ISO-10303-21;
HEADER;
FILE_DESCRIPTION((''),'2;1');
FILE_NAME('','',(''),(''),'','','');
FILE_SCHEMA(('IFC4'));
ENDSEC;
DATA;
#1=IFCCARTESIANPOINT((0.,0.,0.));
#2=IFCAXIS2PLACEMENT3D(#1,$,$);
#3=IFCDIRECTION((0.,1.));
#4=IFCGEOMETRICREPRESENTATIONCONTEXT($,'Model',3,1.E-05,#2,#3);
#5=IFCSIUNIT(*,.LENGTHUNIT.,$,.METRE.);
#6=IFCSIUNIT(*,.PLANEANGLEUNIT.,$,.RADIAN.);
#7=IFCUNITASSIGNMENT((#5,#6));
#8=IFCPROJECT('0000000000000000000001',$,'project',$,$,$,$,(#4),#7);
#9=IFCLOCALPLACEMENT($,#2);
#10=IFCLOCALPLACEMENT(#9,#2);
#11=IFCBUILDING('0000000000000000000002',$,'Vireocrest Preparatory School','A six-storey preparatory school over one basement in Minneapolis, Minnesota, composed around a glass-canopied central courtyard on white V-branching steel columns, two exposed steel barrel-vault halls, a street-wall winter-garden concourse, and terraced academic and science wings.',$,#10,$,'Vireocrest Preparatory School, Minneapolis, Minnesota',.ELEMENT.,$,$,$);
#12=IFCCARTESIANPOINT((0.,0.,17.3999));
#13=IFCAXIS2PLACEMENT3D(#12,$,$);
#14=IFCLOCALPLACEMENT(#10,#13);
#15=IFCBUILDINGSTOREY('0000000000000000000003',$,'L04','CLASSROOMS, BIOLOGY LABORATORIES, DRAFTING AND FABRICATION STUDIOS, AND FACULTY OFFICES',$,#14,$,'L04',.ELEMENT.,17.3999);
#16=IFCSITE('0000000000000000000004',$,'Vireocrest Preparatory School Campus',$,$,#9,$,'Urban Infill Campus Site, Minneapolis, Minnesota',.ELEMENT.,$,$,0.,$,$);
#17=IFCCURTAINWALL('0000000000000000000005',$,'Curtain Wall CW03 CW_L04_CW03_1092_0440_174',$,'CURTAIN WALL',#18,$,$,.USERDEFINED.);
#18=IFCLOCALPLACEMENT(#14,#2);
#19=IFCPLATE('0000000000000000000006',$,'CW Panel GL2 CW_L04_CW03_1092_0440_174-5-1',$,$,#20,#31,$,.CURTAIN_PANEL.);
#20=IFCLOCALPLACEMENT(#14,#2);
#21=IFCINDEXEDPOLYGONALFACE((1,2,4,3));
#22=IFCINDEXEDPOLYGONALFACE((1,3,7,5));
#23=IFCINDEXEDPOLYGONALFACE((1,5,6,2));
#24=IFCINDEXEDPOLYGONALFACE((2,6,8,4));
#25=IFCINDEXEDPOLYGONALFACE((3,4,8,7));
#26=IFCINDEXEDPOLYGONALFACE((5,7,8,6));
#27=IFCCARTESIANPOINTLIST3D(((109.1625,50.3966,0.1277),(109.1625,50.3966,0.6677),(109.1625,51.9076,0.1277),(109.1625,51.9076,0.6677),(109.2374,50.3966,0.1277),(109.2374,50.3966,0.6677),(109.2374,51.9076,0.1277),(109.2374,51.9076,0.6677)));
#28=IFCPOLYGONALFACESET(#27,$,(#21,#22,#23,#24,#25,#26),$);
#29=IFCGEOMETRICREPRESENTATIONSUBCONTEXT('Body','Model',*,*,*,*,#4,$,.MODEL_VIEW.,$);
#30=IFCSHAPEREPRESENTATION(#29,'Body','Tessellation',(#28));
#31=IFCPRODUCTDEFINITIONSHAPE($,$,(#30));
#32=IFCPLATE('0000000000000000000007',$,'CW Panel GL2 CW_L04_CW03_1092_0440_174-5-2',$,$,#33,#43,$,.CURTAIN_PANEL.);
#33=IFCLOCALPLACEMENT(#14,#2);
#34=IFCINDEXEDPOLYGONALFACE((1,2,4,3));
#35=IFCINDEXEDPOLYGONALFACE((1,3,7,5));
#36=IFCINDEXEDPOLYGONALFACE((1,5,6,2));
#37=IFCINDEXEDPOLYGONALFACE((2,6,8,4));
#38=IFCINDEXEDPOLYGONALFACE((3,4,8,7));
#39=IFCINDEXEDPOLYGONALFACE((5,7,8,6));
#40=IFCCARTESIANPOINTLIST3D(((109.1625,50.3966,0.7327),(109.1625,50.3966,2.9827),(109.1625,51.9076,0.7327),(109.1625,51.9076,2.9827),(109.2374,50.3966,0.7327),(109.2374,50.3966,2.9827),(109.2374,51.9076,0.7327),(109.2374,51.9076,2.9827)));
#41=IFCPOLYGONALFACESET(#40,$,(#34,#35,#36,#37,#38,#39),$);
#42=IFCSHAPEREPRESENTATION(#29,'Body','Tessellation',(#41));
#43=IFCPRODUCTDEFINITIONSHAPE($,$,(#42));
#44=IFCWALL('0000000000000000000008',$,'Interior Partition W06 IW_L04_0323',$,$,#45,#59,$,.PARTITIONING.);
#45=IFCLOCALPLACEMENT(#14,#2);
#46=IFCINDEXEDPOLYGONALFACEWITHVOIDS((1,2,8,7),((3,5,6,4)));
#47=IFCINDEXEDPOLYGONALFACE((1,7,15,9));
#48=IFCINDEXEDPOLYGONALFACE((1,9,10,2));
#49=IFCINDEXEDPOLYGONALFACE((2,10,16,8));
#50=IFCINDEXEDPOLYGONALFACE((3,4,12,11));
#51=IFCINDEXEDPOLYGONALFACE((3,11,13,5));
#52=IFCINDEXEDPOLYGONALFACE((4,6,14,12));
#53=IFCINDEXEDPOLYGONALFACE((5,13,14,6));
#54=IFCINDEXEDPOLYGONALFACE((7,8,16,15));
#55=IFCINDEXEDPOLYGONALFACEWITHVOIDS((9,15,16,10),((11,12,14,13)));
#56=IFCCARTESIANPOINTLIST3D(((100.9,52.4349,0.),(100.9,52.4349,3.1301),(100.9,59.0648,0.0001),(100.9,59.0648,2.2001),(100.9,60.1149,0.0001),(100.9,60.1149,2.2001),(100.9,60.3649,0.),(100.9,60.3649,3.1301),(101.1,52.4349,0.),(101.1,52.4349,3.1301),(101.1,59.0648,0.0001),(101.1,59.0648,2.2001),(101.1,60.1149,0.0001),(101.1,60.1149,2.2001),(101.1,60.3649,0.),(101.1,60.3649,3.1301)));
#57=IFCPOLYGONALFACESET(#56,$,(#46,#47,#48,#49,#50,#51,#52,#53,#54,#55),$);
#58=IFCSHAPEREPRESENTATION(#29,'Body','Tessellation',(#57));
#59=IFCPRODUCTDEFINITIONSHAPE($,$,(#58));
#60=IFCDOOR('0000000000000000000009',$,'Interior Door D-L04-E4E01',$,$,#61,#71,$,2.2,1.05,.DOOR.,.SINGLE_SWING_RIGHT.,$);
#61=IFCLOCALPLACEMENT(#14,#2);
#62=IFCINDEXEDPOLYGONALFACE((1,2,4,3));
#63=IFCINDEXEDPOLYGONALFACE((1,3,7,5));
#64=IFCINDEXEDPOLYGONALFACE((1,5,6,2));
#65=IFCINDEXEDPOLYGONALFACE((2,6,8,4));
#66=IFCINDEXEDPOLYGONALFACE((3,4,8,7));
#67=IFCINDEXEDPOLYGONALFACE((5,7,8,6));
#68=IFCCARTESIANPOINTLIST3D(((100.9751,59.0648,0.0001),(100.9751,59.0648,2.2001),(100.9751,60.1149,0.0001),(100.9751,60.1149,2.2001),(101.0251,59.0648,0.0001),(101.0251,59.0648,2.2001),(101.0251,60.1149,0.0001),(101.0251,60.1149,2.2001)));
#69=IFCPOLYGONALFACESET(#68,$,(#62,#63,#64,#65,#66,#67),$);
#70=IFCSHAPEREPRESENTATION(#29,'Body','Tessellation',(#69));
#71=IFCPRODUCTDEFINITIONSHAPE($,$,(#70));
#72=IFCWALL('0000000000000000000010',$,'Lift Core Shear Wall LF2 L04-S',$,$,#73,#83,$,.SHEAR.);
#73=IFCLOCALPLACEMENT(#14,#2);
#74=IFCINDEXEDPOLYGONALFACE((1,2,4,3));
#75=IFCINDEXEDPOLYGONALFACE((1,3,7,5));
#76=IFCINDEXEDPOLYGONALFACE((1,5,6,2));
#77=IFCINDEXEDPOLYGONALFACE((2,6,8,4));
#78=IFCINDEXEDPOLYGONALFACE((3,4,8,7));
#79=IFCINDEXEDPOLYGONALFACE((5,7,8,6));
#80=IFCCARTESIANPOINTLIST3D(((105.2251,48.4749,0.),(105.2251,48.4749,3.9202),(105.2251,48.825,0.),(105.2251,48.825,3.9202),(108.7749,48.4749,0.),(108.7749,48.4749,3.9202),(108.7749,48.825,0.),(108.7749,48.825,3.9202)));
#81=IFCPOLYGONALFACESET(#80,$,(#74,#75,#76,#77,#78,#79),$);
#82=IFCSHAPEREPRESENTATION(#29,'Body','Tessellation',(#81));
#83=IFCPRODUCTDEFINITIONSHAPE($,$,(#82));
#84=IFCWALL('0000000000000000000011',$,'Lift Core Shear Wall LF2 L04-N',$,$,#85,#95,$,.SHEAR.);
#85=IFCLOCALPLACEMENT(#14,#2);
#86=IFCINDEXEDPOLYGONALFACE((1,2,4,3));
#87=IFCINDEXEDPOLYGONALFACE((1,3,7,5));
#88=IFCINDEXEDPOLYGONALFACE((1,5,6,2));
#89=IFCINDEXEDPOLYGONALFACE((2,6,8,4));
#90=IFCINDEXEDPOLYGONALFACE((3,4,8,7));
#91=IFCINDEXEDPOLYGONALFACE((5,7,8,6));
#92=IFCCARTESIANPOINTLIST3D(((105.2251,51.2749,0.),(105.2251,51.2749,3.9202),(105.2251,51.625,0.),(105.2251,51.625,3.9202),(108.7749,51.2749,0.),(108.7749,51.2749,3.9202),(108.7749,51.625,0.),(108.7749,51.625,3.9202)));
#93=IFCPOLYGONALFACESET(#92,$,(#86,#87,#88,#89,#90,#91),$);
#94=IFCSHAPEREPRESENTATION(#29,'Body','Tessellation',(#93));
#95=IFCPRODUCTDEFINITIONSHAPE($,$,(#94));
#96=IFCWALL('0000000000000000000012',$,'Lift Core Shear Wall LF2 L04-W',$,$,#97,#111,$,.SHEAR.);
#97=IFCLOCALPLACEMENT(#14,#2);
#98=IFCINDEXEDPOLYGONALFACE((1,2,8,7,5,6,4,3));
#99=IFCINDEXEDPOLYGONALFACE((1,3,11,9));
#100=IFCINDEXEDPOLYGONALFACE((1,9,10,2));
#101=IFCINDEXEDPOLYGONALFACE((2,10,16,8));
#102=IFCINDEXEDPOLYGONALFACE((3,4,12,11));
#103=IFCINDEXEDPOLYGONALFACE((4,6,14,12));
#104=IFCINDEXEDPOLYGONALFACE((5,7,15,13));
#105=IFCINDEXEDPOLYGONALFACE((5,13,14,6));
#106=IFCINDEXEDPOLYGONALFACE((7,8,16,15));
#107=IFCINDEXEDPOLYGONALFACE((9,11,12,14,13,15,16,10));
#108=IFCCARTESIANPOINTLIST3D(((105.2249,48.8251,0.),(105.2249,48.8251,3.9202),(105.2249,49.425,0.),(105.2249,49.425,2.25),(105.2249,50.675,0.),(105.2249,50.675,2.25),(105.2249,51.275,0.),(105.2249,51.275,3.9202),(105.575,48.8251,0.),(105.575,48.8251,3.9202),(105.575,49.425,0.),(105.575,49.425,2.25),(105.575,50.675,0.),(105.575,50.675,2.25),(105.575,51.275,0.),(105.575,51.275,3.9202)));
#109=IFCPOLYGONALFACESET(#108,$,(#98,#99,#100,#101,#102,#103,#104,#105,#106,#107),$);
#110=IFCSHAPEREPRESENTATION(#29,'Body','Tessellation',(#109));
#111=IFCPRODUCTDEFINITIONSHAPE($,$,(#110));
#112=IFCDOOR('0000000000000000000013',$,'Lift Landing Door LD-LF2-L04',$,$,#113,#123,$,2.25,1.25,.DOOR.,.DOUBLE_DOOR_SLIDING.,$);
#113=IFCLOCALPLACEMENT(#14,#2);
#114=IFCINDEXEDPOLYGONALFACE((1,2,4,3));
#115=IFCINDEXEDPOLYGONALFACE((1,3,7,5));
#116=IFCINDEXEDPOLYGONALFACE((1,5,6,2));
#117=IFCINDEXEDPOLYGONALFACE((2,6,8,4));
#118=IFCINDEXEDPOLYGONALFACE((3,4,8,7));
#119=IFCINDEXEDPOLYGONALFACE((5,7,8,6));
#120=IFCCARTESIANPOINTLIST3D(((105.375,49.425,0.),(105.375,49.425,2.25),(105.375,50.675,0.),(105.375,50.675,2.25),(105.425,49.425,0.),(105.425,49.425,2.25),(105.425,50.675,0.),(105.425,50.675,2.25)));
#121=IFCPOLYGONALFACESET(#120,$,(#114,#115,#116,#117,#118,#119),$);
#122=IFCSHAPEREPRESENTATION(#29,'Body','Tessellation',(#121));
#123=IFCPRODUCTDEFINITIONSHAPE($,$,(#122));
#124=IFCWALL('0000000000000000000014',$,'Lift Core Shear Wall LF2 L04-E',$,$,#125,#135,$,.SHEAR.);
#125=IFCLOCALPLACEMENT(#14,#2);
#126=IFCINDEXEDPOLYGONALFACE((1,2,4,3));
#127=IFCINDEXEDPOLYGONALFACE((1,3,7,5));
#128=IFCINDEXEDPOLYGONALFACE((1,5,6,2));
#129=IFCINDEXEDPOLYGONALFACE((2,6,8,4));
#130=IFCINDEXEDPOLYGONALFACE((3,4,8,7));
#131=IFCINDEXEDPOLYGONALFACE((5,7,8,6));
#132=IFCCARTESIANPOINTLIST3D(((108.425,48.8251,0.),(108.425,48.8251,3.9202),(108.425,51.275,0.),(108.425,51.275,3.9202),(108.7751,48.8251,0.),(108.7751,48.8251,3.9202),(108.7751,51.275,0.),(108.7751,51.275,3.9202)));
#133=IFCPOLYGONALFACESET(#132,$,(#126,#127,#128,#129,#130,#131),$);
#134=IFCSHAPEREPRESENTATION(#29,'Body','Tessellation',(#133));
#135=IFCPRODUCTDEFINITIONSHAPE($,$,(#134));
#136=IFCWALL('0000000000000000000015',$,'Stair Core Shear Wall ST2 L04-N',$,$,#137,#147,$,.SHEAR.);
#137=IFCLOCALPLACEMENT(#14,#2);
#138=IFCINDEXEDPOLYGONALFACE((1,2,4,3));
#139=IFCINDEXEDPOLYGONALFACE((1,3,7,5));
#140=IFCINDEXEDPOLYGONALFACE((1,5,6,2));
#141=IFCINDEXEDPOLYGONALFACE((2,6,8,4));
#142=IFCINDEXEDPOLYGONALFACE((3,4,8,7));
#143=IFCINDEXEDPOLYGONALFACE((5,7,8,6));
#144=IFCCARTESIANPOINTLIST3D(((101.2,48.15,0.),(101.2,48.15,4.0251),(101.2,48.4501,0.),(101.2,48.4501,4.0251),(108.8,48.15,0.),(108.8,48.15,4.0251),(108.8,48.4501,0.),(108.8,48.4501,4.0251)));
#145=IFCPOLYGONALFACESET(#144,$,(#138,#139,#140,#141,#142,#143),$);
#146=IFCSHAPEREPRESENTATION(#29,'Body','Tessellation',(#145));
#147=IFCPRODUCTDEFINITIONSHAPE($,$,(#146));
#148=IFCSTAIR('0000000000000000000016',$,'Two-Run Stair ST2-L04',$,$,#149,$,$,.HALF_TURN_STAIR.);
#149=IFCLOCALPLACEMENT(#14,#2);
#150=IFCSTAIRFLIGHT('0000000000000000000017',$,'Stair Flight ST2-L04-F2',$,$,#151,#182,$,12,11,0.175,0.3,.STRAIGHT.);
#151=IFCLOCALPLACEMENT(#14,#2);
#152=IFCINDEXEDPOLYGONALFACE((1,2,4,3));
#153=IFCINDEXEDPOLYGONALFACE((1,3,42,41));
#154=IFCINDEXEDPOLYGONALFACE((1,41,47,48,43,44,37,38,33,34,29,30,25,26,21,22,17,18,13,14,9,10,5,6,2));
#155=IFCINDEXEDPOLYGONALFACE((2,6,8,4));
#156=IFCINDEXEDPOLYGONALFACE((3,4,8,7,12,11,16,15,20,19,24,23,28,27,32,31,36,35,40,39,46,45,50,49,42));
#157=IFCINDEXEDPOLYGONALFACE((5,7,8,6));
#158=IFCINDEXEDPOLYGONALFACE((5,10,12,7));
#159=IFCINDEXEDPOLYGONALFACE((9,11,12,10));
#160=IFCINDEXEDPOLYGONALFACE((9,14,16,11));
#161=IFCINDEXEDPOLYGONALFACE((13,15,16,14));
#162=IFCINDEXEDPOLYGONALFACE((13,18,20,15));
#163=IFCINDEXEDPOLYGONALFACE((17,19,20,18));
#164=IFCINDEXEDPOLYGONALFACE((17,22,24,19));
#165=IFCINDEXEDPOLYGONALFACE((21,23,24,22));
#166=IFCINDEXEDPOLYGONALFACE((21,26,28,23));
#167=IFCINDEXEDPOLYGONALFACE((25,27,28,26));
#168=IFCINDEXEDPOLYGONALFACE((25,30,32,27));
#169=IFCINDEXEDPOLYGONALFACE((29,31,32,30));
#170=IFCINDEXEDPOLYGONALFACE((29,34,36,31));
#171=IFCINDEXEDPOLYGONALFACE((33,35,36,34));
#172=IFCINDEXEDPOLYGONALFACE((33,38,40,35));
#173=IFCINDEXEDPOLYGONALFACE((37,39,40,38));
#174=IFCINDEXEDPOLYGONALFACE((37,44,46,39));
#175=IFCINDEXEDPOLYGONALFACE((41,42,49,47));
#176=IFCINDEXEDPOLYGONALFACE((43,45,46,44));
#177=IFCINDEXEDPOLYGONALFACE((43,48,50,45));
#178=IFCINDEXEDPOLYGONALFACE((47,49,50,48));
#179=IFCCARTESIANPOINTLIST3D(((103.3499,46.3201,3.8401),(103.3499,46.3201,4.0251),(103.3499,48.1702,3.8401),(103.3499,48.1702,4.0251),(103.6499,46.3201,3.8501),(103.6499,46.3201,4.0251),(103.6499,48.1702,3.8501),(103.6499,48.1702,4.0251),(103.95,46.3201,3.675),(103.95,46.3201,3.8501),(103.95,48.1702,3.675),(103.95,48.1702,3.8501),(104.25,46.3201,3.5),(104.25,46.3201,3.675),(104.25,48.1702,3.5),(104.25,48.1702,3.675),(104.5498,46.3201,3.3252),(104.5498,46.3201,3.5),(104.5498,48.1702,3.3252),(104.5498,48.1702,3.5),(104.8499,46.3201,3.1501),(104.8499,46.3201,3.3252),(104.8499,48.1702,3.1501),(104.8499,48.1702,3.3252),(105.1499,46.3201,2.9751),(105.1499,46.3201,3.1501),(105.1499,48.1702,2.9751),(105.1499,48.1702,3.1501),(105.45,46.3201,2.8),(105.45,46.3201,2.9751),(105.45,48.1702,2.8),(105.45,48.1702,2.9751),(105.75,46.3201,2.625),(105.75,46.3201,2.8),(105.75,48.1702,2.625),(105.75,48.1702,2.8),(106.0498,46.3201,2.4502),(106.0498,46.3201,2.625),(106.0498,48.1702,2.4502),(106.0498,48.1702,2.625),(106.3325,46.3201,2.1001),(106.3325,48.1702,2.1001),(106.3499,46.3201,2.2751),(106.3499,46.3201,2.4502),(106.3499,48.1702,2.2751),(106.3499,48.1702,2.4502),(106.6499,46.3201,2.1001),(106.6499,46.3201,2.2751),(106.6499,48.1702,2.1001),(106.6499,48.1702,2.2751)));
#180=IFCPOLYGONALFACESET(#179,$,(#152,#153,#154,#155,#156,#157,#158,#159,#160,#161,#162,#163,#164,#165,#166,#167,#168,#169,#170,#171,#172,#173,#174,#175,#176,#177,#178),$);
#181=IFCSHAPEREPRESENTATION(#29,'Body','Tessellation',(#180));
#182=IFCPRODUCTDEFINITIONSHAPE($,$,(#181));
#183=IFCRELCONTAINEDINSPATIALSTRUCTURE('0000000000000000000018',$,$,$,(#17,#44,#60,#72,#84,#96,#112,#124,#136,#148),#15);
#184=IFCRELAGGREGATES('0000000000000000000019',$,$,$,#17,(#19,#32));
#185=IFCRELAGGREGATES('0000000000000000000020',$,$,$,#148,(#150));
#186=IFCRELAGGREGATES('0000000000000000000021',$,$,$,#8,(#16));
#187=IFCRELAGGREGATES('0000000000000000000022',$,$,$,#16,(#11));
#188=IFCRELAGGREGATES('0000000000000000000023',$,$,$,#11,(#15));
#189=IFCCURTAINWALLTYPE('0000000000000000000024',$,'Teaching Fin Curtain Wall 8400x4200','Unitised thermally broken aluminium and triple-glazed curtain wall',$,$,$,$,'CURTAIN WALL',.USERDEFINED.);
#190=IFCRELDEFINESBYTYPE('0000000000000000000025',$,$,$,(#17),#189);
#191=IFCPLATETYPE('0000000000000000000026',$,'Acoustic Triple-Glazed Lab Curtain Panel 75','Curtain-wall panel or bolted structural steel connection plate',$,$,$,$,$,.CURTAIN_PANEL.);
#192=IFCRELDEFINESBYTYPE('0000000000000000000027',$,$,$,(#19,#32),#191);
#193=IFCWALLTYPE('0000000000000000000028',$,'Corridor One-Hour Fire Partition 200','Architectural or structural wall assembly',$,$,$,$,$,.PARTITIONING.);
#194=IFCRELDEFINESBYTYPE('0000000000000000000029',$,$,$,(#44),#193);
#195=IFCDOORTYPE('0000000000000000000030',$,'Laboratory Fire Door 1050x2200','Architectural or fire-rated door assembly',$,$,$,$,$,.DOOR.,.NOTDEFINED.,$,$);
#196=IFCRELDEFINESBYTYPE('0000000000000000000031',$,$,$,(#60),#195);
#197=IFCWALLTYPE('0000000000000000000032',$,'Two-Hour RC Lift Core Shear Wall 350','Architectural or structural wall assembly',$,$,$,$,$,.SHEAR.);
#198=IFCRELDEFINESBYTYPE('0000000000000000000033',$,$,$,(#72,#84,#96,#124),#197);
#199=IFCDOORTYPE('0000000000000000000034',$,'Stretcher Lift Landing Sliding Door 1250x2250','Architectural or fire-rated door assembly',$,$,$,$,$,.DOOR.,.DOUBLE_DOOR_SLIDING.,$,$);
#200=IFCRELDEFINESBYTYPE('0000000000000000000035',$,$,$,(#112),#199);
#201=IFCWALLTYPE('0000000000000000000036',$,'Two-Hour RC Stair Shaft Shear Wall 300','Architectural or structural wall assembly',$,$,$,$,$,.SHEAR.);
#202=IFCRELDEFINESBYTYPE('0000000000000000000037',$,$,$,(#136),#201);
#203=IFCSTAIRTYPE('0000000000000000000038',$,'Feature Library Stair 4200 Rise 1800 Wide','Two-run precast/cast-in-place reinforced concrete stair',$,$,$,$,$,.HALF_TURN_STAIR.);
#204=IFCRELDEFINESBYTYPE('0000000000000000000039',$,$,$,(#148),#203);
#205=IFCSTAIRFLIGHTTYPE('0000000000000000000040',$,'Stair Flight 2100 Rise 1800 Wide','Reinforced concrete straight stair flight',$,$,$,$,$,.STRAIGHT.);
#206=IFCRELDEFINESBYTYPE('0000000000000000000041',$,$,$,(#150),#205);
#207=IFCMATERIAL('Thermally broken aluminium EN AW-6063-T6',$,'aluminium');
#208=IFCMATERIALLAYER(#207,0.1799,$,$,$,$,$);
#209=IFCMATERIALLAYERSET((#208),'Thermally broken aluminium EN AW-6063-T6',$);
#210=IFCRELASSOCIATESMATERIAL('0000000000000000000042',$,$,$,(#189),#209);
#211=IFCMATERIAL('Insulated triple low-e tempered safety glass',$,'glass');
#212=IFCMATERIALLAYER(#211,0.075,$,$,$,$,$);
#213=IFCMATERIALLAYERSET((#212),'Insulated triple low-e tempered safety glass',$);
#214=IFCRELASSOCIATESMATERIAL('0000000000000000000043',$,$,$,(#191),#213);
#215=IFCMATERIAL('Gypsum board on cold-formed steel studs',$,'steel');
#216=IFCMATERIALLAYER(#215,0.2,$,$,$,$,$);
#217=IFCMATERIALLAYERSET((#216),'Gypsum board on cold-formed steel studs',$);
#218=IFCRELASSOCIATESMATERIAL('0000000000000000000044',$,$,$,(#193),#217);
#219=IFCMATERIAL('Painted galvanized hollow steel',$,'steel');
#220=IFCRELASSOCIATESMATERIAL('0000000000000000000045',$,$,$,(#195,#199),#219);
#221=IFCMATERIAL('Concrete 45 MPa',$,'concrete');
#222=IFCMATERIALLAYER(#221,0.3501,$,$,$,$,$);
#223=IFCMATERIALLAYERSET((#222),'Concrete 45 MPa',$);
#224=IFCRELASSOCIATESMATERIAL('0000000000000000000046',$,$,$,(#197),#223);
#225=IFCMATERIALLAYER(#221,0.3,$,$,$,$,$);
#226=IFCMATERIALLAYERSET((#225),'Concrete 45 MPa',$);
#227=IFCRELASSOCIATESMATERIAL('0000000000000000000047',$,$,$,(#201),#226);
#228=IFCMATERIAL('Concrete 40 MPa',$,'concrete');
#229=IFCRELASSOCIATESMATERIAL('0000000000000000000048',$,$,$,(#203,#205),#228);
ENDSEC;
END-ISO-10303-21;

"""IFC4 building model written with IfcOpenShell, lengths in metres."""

from ifc_helpers import new_model, si_unit, direction, frame, frame_2d, origin, origin_2d, place, context, subcontext, project, spatial, polyline, rectangle, outline, extrude, material, layer, layer_set, type_object, element, fill, aggregate, save


model = new_model("IFC4")

# Units and contexts
model_context = context("Model", 3, precision=1e-05, world=origin(), true_north=direction((0.0, 1.0)))
body_context = subcontext(model_context, "Body", "Model", "MODEL_VIEW")
ifc_project = project(units=[si_unit("LENGTHUNIT", "METRE"), si_unit("PLANEANGLEUNIT", "RADIAN")], contexts=[model_context])

# Site, building, storey
site_placement = place(None, origin())
site = spatial("IfcSite", under=ifc_project, at=site_placement, Name="Vireocrest Preparatory School Campus", LongName="Urban Infill Campus Site, Minneapolis, Minnesota", CompositionType="ELEMENT", RefElevation=0.0)
building_placement = place(site_placement, origin())
building = spatial("IfcBuilding", under=site, at=building_placement, Name="Vireocrest Preparatory School", Description="A six-storey preparatory school over one basement in Minneapolis, Minnesota, composed around a glass-canopied central courtyard on white V-branching steel columns, two exposed steel barrel-vault halls, a street-wall winter-garden concourse, and terraced academic and science wings.", LongName="Vireocrest Preparatory School, Minneapolis, Minnesota", CompositionType="ELEMENT")
storey_placement = place(building_placement, frame((0.0, 0.0, 17.3999)))
storey = spatial("IfcBuildingStorey", under=building, at=storey_placement, Name="L04", Description="CLASSROOMS, BIOLOGY LABORATORIES, DRAFTING AND FABRICATION STUDIOS, AND FACULTY OFFICES", LongName="L04", CompositionType="ELEMENT", Elevation=17.3999)

# Shared definitions
ifc_material_1 = material(Name="Concrete 45 MPa", Category="concrete")

# Curtain wall
ifc_material_2 = material(Name="Thermally broken aluminium EN AW-6063-T6", Category="aluminium")
ifc_layer_1 = layer(ifc_material_2, 0.1799)
ifc_layer_set_1 = layer_set([ifc_layer_1], Name="Thermally broken aluminium EN AW-6063-T6")
curtain_wall_type = type_object("IfcCurtainWallType", Name="Teaching Fin Curtain Wall 8400x4200", Description="Unitised thermally broken aluminium and triple-glazed curtain wall", ElementType="CURTAIN WALL", PredefinedType="USERDEFINED", material=ifc_layer_set_1)
curtain_wall_placement = place(storey_placement, origin())
curtain_wall = element("IfcCurtainWall", 1, at=curtain_wall_placement, inside=storey, type_object=curtain_wall_type, Name="Curtain Wall CW03 CW_L04_CW03_1092_0440_174", ObjectType="CURTAIN WALL", PredefinedType="USERDEFINED")

# Shared definitions
ifc_material_3 = material(Name="Concrete 40 MPa", Category="concrete")

# Plates
ifc_material_4 = material(Name="Insulated triple low-e tempered safety glass", Category="glass")
ifc_layer_2 = layer(ifc_material_4, 0.075)
ifc_layer_set_2 = layer_set([ifc_layer_2], Name="Insulated triple low-e tempered safety glass")
plate_type = type_object("IfcPlateType", Name="Acoustic Triple-Glazed Lab Curtain Panel 75", Description="Curtain-wall panel or bolted structural steel connection plate", PredefinedType="CURTAIN_PANEL", material=ifc_layer_set_2)
plate_1_placement = place(storey_placement, frame((109.2, 51.1521, 0.1277), z_axis=(0.0, 0.0, 1.0), x_axis=(0.0, 1.0, 0.0)))
plate_1 = element("IfcPlate", 2, at=plate_1_placement, type_object=plate_type, Name="CW Panel GL2 CW_L04_CW03_1092_0440_174-5-1", PredefinedType="CURTAIN_PANEL", context=body_context, shape_type="SweptSolid", body=[
    extrude(rectangle(XDim=1.511, YDim=0.075, at=origin_2d()), origin(), (0.0, 0.0, 1.0), 0.54),
])
plate_2_placement = place(storey_placement, frame((109.2, 51.1521, 0.7327), z_axis=(0.0, 0.0, 1.0), x_axis=(0.0, 1.0, 0.0)))
plate_2 = element("IfcPlate", 3, at=plate_2_placement, type_object=plate_type, Name="CW Panel GL2 CW_L04_CW03_1092_0440_174-5-2", PredefinedType="CURTAIN_PANEL", context=body_context, shape_type="SweptSolid", body=[
    extrude(rectangle(XDim=1.511, YDim=0.075, at=origin_2d()), origin(), (0.0, 0.0, 1.0), 2.25),
])
aggregate(curtain_wall, [plate_1, plate_2])

# Wall, opening, door
ifc_material_5 = material(Name="Gypsum board on cold-formed steel studs", Category="steel")
ifc_layer_3 = layer(ifc_material_5, 0.2)
ifc_layer_set_3 = layer_set([ifc_layer_3], Name="Gypsum board on cold-formed steel studs")
wall_type_1 = type_object("IfcWallType", Name="Corridor One-Hour Fire Partition 200", Description="Architectural or structural wall assembly", PredefinedType="PARTITIONING", material=ifc_layer_set_3)
wall_1_placement = place(storey_placement, frame((101.0, 52.4351, 0.0), z_axis=(0.0, 0.0, 1.0), x_axis=(0.0, 1.0, 0.0)))
wall_1 = element("IfcWall", 4, at=wall_1_placement, inside=storey, type_object=wall_type_1, Name="Interior Partition W06 IW_L04_0323", PredefinedType="PARTITIONING", context=body_context, shape_type="SweptSolid", body=[
    extrude(rectangle(XDim=7.9299, YDim=0.2, at=frame_2d((3.9648, 0.0))), origin(), (0.0, 0.0, 1.0), 3.1301),
])
opening_1_placement = place(wall_1_placement, frame((6.6299, 0.0, 0.0)))
opening_1 = element("IfcOpeningElement", 5, at=opening_1_placement, cuts=wall_1, PredefinedType="OPENING", context=body_context, shape_type="SweptSolid", body=[
    extrude(rectangle(XDim=1.05, YDim=2.2, at=frame_2d((0.5249, 1.1001))), frame((0.0, 0.1099, 0.0), z_axis=(0.0, -1.0, 0.0), x_axis=(1.0, 0.0, 0.0)), (0.0, 0.0, 1.0), 0.22),
])
ifc_material_6 = material(Name="Painted galvanized hollow steel", Category="steel")
door_type_1 = type_object("IfcDoorType", Name="Laboratory Fire Door 1050x2200", Description="Architectural or fire-rated door assembly", OperationType="NOTDEFINED", PredefinedType="DOOR", material=ifc_material_6)
door_1_placement = place(opening_1_placement, origin())
door_1 = element("IfcDoor", 6, at=door_1_placement, inside=storey, type_object=door_type_1, Name="Interior Door D-L04-E4E01", OperationType="SINGLE_SWING_RIGHT", OverallHeight=2.2, OverallWidth=1.05, PredefinedType="DOOR", context=body_context, shape_type="SweptSolid", body=[
    extrude(rectangle(XDim=1.05, YDim=2.2, at=frame_2d((0.5249, 1.1001))), frame((0.0, 0.0249, 0.0), z_axis=(0.0, -1.0, 0.0), x_axis=(1.0, 0.0, 0.0)), (0.0, 0.0, 1.0), 0.05),
])
fill(opening_1, door_1)

# Walls
ifc_layer_4 = layer(ifc_material_1, 0.3501)
ifc_layer_set_4 = layer_set([ifc_layer_4], Name="Concrete 45 MPa")
wall_type_2 = type_object("IfcWallType", Name="Two-Hour RC Lift Core Shear Wall 350", Description="Architectural or structural wall assembly", PredefinedType="SHEAR", material=ifc_layer_set_4)
for number, where, z_axis, x_axis, name in (
    (7, (105.2251, 48.6499, 0.0), (0.0, 0.0, 1.0), (1.0, 0.0, 0.0), "Lift Core Shear Wall LF2 L04-S"),
    (8, (105.2251, 51.45, 0.0), (0.0, 0.0, 1.0), (1.0, 0.0, 0.0), "Lift Core Shear Wall LF2 L04-N"),
):
    element("IfcWall", number, at=place(storey_placement, frame(where, z_axis=z_axis, x_axis=x_axis)), inside=storey, type_object=wall_type_2, Name=name, PredefinedType="SHEAR", context=body_context, shape_type="SweptSolid", body=[
        extrude(rectangle(XDim=3.5498, YDim=0.3501, at=frame_2d((1.7749, 0.0))), origin(), (0.0, 0.0, 1.0), 3.9202),
    ])

# Wall, opening, door
wall_2_placement = place(storey_placement, frame((105.3999, 48.825, 0.0), z_axis=(0.0, 0.0, 1.0), x_axis=(0.0, 1.0, 0.0)))
wall_2 = element("IfcWall", 9, at=wall_2_placement, inside=storey, type_object=wall_type_2, Name="Lift Core Shear Wall LF2 L04-W", PredefinedType="SHEAR", context=body_context, shape_type="SweptSolid", body=[
    extrude(rectangle(XDim=2.45, YDim=0.3501, at=frame_2d((1.2251, 0.0))), origin(), (0.0, 0.0, 1.0), 3.9202),
])
opening_2_placement = place(wall_2_placement, frame((0.6001, 0.0, 0.0)))
opening_2 = element("IfcOpeningElement", 10, at=opening_2_placement, cuts=wall_2, PredefinedType="OPENING", context=body_context, shape_type="SweptSolid", body=[
    extrude(rectangle(XDim=1.25, YDim=2.25, at=frame_2d((0.625, 1.125))), frame((0.0, 0.1851, 0.0), z_axis=(0.0, -1.0, 0.0), x_axis=(1.0, 0.0, 0.0)), (0.0, 0.0, 1.0), 0.3701),
])
door_type_2 = type_object("IfcDoorType", Name="Stretcher Lift Landing Sliding Door 1250x2250", Description="Architectural or fire-rated door assembly", OperationType="DOUBLE_DOOR_SLIDING", PredefinedType="DOOR", material=ifc_material_6)
door_2_placement = place(opening_2_placement, origin())
door_2 = element("IfcDoor", 11, at=door_2_placement, inside=storey, type_object=door_type_2, Name="Lift Landing Door LD-LF2-L04", OperationType="DOUBLE_DOOR_SLIDING", OverallHeight=2.25, OverallWidth=1.25, PredefinedType="DOOR", context=body_context, shape_type="SweptSolid", body=[
    extrude(rectangle(XDim=1.25, YDim=2.25, at=frame_2d((0.625, 1.125))), frame((0.0, 0.0249, 0.0), z_axis=(0.0, -1.0, 0.0), x_axis=(1.0, 0.0, 0.0)), (0.0, 0.0, 1.0), 0.05),
])
fill(opening_2, door_2)

# Walls
wall_3_placement = place(storey_placement, frame((108.6001, 48.825, 0.0), z_axis=(0.0, 0.0, 1.0), x_axis=(0.0, 1.0, 0.0)))
element("IfcWall", 12, at=wall_3_placement, inside=storey, type_object=wall_type_2, Name="Lift Core Shear Wall LF2 L04-E", PredefinedType="SHEAR", context=body_context, shape_type="SweptSolid", body=[
    extrude(rectangle(XDim=2.45, YDim=0.3501, at=frame_2d((1.2251, 0.0))), origin(), (0.0, 0.0, 1.0), 3.9202),
])
ifc_layer_5 = layer(ifc_material_1, 0.3)
ifc_layer_set_5 = layer_set([ifc_layer_5], Name="Concrete 45 MPa")
wall_type_3 = type_object("IfcWallType", Name="Two-Hour RC Stair Shaft Shear Wall 300", Description="Architectural or structural wall assembly", PredefinedType="SHEAR", material=ifc_layer_set_5)
wall_4_placement = place(storey_placement, frame((101.2, 48.3, 0.0), z_axis=(0.0, 0.0, 1.0), x_axis=(1.0, 0.0, 0.0)))
element("IfcWall", 13, at=wall_4_placement, inside=storey, type_object=wall_type_3, Name="Stair Core Shear Wall ST2 L04-N", PredefinedType="SHEAR", context=body_context, shape_type="SweptSolid", body=[
    extrude(rectangle(XDim=7.6001, YDim=0.3, at=frame_2d((3.8, 0.0))), origin(), (0.0, 0.0, 1.0), 4.0251),
])

# Stair, stair flight
stair_type = type_object("IfcStairType", Name="Feature Library Stair 4200 Rise 1800 Wide", Description="Two-run precast/cast-in-place reinforced concrete stair", PredefinedType="HALF_TURN_STAIR", material=ifc_material_3)
stair_placement = place(storey_placement, origin())
stair = element("IfcStair", 14, at=stair_placement, inside=storey, type_object=stair_type, Name="Two-Run Stair ST2-L04", PredefinedType="HALF_TURN_STAIR")
stair_flight_type = type_object("IfcStairFlightType", Name="Stair Flight 2100 Rise 1800 Wide", Description="Reinforced concrete straight stair flight", PredefinedType="STRAIGHT", material=ifc_material_3)
stair_flight_placement = place(storey_placement, frame((106.6499, 47.2451, 2.1001), z_axis=(0.0, 0.0, 1.0), x_axis=(-1.0, 0.0, 0.0)))
stair_flight = element("IfcStairFlight", 15, at=stair_flight_placement, type_object=stair_flight_type, Name="Stair Flight ST2-L04-F2", NumberOfRisers=12, NumberOfTreads=11, PredefinedType="STRAIGHT", RiserHeight=0.175, TreadLength=0.3, context=body_context, shape_type="SweptSolid", body=[
    extrude(outline(polyline([(0.0, 0.0), (0.0, 0.175), (0.3, 0.175), (0.3, 0.3501), (0.6001, 0.3501), (0.6001, 0.5249), (0.8999, 0.5249), (0.8999, 0.7), (1.2, 0.7), (1.2, 0.875), (1.5, 0.875), (1.5, 1.05), (1.8, 1.05), (1.8, 1.2251), (2.1001, 1.2251), (2.1001, 1.3999), (2.3999, 1.3999), (2.3999, 1.575), (2.7, 1.575), (2.7, 1.75), (3.0, 1.75), (3.0, 1.925), (3.3, 1.925), (3.3, 2.1001), (3.3, 1.74), (0.3174, 0.0), (0.0, 0.0)])), frame((0.0, 0.925, 0.0), z_axis=(0.0, -1.0, 0.0), x_axis=(1.0, 0.0, 0.0)), (0.0, 0.0, 1.0), 1.8501),
])
aggregate(stair, [stair_flight])

save(model, "model.ifc")
